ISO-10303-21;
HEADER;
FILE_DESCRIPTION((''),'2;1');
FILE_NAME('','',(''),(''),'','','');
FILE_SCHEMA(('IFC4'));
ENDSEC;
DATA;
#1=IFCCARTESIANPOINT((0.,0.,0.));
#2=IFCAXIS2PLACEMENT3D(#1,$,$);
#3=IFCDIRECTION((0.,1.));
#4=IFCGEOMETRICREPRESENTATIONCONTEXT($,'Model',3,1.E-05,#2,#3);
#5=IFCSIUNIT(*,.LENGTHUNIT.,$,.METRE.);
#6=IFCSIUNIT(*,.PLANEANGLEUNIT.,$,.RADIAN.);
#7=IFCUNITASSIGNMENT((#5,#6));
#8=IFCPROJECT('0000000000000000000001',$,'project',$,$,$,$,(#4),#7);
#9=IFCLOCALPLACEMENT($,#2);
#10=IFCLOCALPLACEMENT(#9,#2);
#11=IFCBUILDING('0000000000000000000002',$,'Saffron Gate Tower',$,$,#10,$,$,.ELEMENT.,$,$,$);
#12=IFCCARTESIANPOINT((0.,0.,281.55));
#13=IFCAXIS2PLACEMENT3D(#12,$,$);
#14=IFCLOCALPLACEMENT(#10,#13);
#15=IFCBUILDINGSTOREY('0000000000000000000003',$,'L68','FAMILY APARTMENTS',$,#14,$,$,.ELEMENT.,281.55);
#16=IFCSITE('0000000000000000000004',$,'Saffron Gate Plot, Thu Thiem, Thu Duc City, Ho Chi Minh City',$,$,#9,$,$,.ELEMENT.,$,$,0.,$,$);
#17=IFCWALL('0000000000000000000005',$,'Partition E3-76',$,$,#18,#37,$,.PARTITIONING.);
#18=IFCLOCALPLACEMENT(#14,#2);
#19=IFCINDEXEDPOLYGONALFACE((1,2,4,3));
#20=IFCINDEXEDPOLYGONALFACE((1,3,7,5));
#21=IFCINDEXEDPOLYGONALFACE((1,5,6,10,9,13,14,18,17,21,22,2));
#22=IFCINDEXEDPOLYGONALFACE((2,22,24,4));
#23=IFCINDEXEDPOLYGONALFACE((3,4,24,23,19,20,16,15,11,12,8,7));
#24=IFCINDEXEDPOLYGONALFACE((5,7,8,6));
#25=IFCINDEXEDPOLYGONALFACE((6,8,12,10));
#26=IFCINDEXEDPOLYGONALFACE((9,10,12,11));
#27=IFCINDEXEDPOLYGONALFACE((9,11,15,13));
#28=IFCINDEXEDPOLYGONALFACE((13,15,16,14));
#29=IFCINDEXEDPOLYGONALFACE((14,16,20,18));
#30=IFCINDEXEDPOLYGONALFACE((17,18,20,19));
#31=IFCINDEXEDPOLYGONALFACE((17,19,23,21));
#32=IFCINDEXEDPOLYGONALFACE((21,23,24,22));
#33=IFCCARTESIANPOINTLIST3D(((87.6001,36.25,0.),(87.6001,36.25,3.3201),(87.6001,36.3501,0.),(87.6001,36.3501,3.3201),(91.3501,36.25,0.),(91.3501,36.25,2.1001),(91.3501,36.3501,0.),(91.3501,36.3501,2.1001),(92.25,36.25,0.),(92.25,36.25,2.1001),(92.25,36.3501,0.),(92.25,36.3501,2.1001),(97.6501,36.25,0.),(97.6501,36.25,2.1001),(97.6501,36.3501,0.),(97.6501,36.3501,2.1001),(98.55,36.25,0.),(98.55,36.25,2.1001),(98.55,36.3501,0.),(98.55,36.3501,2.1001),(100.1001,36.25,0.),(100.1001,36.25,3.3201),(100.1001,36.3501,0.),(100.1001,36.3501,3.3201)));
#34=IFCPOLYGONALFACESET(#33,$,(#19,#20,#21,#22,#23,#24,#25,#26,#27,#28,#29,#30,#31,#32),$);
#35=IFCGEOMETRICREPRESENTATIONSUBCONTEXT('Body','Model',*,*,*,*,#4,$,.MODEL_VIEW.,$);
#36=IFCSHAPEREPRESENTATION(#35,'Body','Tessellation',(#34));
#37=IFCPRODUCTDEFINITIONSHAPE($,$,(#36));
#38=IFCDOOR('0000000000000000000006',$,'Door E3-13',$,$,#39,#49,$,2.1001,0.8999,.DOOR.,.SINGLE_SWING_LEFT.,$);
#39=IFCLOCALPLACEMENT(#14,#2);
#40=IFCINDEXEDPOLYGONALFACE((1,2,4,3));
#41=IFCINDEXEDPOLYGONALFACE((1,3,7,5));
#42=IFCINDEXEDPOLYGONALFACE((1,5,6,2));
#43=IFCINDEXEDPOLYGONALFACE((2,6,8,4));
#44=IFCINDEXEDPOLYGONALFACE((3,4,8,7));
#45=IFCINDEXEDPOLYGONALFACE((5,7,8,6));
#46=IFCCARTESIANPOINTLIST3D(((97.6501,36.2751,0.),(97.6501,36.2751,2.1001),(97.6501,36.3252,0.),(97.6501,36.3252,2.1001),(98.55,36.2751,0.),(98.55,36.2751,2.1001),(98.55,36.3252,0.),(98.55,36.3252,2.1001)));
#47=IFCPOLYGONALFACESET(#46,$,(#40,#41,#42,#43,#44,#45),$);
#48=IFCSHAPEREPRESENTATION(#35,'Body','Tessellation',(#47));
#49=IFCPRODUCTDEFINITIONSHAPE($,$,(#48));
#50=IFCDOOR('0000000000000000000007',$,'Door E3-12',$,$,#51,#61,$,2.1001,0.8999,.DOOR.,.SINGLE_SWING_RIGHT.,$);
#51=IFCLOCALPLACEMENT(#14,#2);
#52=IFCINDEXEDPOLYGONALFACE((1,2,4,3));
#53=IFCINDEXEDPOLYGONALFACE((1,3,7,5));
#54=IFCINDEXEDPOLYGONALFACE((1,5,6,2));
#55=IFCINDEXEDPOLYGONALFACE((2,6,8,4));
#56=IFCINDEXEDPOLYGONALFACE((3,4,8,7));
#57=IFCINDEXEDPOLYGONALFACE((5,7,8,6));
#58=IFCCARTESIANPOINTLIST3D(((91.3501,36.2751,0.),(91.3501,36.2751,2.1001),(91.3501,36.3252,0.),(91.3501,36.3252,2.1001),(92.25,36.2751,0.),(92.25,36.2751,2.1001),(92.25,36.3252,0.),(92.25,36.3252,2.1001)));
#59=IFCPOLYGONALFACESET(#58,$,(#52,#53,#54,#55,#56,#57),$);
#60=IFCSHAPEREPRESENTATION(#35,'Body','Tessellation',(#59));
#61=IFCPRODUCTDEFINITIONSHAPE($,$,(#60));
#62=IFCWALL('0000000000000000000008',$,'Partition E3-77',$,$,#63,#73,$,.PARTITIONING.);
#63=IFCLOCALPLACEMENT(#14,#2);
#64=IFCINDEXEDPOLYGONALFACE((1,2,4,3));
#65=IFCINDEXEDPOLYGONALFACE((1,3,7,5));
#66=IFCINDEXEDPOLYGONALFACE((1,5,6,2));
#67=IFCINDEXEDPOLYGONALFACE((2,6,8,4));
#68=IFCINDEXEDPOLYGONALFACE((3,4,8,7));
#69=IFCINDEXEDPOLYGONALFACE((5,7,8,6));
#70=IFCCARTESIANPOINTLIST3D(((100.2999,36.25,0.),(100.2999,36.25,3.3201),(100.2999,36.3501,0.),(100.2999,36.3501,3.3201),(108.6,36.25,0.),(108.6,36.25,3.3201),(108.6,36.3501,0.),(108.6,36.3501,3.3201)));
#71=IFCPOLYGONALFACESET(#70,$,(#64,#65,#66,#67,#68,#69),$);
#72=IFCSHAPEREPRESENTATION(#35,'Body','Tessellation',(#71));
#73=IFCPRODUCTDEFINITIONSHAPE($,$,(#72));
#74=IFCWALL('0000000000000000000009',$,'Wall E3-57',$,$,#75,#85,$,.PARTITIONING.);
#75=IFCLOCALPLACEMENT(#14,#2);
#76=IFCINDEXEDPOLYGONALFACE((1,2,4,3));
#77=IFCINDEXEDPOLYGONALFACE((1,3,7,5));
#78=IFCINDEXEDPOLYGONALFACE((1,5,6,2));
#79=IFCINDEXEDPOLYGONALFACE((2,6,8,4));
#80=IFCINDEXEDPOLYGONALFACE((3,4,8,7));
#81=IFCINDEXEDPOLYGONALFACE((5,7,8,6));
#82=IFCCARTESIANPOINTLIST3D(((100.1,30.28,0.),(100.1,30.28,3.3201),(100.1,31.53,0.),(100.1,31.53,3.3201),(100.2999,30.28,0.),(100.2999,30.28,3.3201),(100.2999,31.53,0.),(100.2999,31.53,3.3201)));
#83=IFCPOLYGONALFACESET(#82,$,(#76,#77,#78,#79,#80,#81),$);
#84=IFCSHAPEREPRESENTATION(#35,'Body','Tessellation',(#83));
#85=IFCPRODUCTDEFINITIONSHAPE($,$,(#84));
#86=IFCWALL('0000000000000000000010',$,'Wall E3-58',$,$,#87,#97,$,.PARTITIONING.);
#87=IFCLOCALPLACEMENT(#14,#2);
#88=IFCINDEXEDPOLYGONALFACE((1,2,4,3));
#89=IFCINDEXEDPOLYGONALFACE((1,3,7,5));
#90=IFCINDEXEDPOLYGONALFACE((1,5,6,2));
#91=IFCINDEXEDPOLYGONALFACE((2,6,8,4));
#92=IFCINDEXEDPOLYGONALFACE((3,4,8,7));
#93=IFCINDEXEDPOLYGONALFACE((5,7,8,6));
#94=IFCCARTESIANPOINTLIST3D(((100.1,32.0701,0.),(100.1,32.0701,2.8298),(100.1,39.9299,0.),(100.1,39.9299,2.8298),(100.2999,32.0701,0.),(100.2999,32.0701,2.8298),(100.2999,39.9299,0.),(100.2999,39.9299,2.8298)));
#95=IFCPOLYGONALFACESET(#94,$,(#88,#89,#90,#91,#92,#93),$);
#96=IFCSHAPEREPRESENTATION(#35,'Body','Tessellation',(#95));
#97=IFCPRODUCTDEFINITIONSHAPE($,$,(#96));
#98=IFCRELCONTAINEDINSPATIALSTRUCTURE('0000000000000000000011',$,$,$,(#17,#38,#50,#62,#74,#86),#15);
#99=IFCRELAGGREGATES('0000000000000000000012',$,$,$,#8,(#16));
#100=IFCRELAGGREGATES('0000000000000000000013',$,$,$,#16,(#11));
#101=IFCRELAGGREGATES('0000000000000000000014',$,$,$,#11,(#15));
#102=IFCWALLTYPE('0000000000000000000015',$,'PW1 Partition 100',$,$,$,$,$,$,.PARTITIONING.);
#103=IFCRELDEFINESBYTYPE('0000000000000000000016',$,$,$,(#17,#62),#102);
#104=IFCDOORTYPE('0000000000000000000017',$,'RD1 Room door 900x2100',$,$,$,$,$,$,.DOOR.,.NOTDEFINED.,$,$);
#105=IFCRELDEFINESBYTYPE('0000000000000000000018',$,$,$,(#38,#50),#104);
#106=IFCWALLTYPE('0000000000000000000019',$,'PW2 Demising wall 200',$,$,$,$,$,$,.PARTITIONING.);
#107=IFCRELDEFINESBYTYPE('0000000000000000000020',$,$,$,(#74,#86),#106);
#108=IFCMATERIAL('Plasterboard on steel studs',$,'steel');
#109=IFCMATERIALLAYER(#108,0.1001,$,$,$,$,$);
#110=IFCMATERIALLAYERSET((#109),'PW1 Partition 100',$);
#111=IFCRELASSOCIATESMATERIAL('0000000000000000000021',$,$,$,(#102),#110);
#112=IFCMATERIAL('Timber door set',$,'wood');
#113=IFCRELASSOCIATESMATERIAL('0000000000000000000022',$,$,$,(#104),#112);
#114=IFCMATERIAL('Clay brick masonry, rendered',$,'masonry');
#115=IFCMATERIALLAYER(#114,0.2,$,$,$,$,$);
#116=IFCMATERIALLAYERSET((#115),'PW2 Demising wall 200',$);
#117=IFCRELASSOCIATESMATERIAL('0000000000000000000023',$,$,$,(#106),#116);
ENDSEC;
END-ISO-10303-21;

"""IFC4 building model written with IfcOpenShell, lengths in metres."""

from ifc_helpers import new_model, si_unit, direction, frame, frame_2d, origin, place, context, subcontext, project, spatial, rectangle, extrude, material, layer, layer_set, type_object, element, fill, save


model = new_model("IFC4")

# Units and contexts
model_context = context("Model", 3, precision=1e-05, world=origin(), true_north=direction((0.0, 1.0)))
body_context = subcontext(model_context, "Body", "Model", "MODEL_VIEW")
ifc_project = project(units=[si_unit("LENGTHUNIT", "METRE"), si_unit("PLANEANGLEUNIT", "RADIAN")], contexts=[model_context])

# Site, building, storey
site_placement = place(None, origin())
site = spatial("IfcSite", under=ifc_project, at=site_placement, Name="Saffron Gate Plot, Thu Thiem, Thu Duc City, Ho Chi Minh City", CompositionType="ELEMENT", RefElevation=0.0)
building_placement = place(site_placement, origin())
building = spatial("IfcBuilding", under=site, at=building_placement, Name="Saffron Gate Tower", CompositionType="ELEMENT")
storey_placement = place(building_placement, frame((0.0, 0.0, 281.55)))
storey = spatial("IfcBuildingStorey", under=building, at=storey_placement, Name="L68", Description="FAMILY APARTMENTS", CompositionType="ELEMENT", Elevation=281.55)

# Shared definitions
ifc_material_1 = material(Name="Plasterboard on steel studs", Category="steel")
ifc_layer_1 = layer(ifc_material_1, 0.1001)
ifc_layer_set_1 = layer_set([ifc_layer_1], Name="PW1 Partition 100")
wall_type_1 = type_object("IfcWallType", Name="PW1 Partition 100", PredefinedType="PARTITIONING", material=ifc_layer_set_1)
ifc_material_2 = material(Name="Timber door set", Category="wood")
door_type = type_object("IfcDoorType", Name="RD1 Room door 900x2100", OperationType="NOTDEFINED", PredefinedType="DOOR", material=ifc_material_2)

# Wall, openings, doors
wall_1_placement = place(storey_placement, frame((100.1001, 36.3, 0.0), z_axis=(0.0, 0.0, 1.0), x_axis=(-1.0, 0.0, 0.0)))
wall_1 = element("IfcWall", 1, at=wall_1_placement, inside=storey, type_object=wall_type_1, Name="Partition E3-76", PredefinedType="PARTITIONING", context=body_context, shape_type="SweptSolid", body=[
    extrude(rectangle(XDim=12.5, YDim=0.1001, at=frame_2d((6.25, 0.0))), origin(), (0.0, 0.0, 1.0), 3.3201),
])
opening_1_placement = place(wall_1_placement, frame((1.55, 0.0, 0.0)))
opening_1 = element("IfcOpeningElement", 2, at=opening_1_placement, cuts=wall_1, PredefinedType="OPENING", context=body_context, shape_type="SweptSolid", body=[
    extrude(rectangle(XDim=0.8999, YDim=2.1001, at=frame_2d((0.45, 1.05))), frame((0.0, 0.0601, 0.0), z_axis=(0.0, -1.0, 0.0), x_axis=(1.0, 0.0, 0.0)), (0.0, 0.0, 1.0), 0.1201),
])
opening_2_placement = place(wall_1_placement, frame((7.8501, 0.0, 0.0)))
opening_2 = element("IfcOpeningElement", 3, at=opening_2_placement, cuts=wall_1, PredefinedType="OPENING", context=body_context, shape_type="SweptSolid", body=[
    extrude(rectangle(XDim=0.8999, YDim=2.1001, at=frame_2d((0.45, 1.05))), frame((0.0, 0.0601, 0.0), z_axis=(0.0, -1.0, 0.0), x_axis=(1.0, 0.0, 0.0)), (0.0, 0.0, 1.0), 0.1201),
])
door_1_placement = place(opening_1_placement, origin())
door_1 = element("IfcDoor", 4, at=door_1_placement, inside=storey, type_object=door_type, Name="Door E3-13", OperationType="SINGLE_SWING_LEFT", OverallHeight=2.1001, OverallWidth=0.8999, PredefinedType="DOOR", context=body_context, shape_type="SweptSolid", body=[
    extrude(rectangle(XDim=0.8999, YDim=2.1001, at=frame_2d((0.45, 1.05))), frame((0.0, 0.0249, 0.0), z_axis=(0.0, -1.0, 0.0), x_axis=(1.0, 0.0, 0.0)), (0.0, 0.0, 1.0), 0.05),
])
fill(opening_1, door_1)
door_2_placement = place(opening_2_placement, origin())
door_2 = element("IfcDoor", 5, at=door_2_placement, inside=storey, type_object=door_type, Name="Door E3-12", OperationType="SINGLE_SWING_RIGHT", OverallHeight=2.1001, OverallWidth=0.8999, PredefinedType="DOOR", context=body_context, shape_type="SweptSolid", body=[
    extrude(rectangle(XDim=0.8999, YDim=2.1001, at=frame_2d((0.45, 1.05))), frame((0.0, 0.0249, 0.0), z_axis=(0.0, -1.0, 0.0), x_axis=(1.0, 0.0, 0.0)), (0.0, 0.0, 1.0), 0.05),
])
fill(opening_2, door_2)

# Walls
wall_2_placement = place(storey_placement, frame((100.3, 36.3, 0.0), z_axis=(0.0, 0.0, 1.0), x_axis=(1.0, 0.0, 0.0)))
element("IfcWall", 6, at=wall_2_placement, inside=storey, type_object=wall_type_1, Name="Partition E3-77", PredefinedType="PARTITIONING", context=body_context, shape_type="SweptSolid", body=[
    extrude(rectangle(XDim=8.3, YDim=0.1001, at=frame_2d((4.1499, 0.0))), origin(), (0.0, 0.0, 1.0), 3.3201),
])
ifc_material_3 = material(Name="Clay brick masonry, rendered", Category="masonry")
ifc_layer_2 = layer(ifc_material_3, 0.2)
ifc_layer_set_2 = layer_set([ifc_layer_2], Name="PW2 Demising wall 200")
wall_type_2 = type_object("IfcWallType", Name="PW2 Demising wall 200", PredefinedType="PARTITIONING", material=ifc_layer_set_2)
wall_3_placement = place(storey_placement, frame((100.2, 31.53, 0.0), z_axis=(0.0, 0.0, 1.0), x_axis=(0.0, -1.0, 0.0)))
element("IfcWall", 7, at=wall_3_placement, inside=storey, type_object=wall_type_2, Name="Wall E3-57", PredefinedType="PARTITIONING", context=body_context, shape_type="SweptSolid", body=[
    extrude(rectangle(XDim=1.25, YDim=0.2, at=frame_2d((0.625, 0.0))), origin(), (0.0, 0.0, 1.0), 3.3201),
])
wall_4_placement = place(storey_placement, frame((100.2, 39.9299, 0.0), z_axis=(0.0, 0.0, 1.0), x_axis=(0.0, -1.0, 0.0)))
element("IfcWall", 8, at=wall_4_placement, inside=storey, type_object=wall_type_2, Name="Wall E3-58", PredefinedType="PARTITIONING", context=body_context, shape_type="SweptSolid", body=[
    extrude(rectangle(XDim=7.8599, YDim=0.2, at=frame_2d((3.9299, 0.0))), origin(), (0.0, 0.0, 1.0), 2.8298),
])

save(model, "model.ifc")
